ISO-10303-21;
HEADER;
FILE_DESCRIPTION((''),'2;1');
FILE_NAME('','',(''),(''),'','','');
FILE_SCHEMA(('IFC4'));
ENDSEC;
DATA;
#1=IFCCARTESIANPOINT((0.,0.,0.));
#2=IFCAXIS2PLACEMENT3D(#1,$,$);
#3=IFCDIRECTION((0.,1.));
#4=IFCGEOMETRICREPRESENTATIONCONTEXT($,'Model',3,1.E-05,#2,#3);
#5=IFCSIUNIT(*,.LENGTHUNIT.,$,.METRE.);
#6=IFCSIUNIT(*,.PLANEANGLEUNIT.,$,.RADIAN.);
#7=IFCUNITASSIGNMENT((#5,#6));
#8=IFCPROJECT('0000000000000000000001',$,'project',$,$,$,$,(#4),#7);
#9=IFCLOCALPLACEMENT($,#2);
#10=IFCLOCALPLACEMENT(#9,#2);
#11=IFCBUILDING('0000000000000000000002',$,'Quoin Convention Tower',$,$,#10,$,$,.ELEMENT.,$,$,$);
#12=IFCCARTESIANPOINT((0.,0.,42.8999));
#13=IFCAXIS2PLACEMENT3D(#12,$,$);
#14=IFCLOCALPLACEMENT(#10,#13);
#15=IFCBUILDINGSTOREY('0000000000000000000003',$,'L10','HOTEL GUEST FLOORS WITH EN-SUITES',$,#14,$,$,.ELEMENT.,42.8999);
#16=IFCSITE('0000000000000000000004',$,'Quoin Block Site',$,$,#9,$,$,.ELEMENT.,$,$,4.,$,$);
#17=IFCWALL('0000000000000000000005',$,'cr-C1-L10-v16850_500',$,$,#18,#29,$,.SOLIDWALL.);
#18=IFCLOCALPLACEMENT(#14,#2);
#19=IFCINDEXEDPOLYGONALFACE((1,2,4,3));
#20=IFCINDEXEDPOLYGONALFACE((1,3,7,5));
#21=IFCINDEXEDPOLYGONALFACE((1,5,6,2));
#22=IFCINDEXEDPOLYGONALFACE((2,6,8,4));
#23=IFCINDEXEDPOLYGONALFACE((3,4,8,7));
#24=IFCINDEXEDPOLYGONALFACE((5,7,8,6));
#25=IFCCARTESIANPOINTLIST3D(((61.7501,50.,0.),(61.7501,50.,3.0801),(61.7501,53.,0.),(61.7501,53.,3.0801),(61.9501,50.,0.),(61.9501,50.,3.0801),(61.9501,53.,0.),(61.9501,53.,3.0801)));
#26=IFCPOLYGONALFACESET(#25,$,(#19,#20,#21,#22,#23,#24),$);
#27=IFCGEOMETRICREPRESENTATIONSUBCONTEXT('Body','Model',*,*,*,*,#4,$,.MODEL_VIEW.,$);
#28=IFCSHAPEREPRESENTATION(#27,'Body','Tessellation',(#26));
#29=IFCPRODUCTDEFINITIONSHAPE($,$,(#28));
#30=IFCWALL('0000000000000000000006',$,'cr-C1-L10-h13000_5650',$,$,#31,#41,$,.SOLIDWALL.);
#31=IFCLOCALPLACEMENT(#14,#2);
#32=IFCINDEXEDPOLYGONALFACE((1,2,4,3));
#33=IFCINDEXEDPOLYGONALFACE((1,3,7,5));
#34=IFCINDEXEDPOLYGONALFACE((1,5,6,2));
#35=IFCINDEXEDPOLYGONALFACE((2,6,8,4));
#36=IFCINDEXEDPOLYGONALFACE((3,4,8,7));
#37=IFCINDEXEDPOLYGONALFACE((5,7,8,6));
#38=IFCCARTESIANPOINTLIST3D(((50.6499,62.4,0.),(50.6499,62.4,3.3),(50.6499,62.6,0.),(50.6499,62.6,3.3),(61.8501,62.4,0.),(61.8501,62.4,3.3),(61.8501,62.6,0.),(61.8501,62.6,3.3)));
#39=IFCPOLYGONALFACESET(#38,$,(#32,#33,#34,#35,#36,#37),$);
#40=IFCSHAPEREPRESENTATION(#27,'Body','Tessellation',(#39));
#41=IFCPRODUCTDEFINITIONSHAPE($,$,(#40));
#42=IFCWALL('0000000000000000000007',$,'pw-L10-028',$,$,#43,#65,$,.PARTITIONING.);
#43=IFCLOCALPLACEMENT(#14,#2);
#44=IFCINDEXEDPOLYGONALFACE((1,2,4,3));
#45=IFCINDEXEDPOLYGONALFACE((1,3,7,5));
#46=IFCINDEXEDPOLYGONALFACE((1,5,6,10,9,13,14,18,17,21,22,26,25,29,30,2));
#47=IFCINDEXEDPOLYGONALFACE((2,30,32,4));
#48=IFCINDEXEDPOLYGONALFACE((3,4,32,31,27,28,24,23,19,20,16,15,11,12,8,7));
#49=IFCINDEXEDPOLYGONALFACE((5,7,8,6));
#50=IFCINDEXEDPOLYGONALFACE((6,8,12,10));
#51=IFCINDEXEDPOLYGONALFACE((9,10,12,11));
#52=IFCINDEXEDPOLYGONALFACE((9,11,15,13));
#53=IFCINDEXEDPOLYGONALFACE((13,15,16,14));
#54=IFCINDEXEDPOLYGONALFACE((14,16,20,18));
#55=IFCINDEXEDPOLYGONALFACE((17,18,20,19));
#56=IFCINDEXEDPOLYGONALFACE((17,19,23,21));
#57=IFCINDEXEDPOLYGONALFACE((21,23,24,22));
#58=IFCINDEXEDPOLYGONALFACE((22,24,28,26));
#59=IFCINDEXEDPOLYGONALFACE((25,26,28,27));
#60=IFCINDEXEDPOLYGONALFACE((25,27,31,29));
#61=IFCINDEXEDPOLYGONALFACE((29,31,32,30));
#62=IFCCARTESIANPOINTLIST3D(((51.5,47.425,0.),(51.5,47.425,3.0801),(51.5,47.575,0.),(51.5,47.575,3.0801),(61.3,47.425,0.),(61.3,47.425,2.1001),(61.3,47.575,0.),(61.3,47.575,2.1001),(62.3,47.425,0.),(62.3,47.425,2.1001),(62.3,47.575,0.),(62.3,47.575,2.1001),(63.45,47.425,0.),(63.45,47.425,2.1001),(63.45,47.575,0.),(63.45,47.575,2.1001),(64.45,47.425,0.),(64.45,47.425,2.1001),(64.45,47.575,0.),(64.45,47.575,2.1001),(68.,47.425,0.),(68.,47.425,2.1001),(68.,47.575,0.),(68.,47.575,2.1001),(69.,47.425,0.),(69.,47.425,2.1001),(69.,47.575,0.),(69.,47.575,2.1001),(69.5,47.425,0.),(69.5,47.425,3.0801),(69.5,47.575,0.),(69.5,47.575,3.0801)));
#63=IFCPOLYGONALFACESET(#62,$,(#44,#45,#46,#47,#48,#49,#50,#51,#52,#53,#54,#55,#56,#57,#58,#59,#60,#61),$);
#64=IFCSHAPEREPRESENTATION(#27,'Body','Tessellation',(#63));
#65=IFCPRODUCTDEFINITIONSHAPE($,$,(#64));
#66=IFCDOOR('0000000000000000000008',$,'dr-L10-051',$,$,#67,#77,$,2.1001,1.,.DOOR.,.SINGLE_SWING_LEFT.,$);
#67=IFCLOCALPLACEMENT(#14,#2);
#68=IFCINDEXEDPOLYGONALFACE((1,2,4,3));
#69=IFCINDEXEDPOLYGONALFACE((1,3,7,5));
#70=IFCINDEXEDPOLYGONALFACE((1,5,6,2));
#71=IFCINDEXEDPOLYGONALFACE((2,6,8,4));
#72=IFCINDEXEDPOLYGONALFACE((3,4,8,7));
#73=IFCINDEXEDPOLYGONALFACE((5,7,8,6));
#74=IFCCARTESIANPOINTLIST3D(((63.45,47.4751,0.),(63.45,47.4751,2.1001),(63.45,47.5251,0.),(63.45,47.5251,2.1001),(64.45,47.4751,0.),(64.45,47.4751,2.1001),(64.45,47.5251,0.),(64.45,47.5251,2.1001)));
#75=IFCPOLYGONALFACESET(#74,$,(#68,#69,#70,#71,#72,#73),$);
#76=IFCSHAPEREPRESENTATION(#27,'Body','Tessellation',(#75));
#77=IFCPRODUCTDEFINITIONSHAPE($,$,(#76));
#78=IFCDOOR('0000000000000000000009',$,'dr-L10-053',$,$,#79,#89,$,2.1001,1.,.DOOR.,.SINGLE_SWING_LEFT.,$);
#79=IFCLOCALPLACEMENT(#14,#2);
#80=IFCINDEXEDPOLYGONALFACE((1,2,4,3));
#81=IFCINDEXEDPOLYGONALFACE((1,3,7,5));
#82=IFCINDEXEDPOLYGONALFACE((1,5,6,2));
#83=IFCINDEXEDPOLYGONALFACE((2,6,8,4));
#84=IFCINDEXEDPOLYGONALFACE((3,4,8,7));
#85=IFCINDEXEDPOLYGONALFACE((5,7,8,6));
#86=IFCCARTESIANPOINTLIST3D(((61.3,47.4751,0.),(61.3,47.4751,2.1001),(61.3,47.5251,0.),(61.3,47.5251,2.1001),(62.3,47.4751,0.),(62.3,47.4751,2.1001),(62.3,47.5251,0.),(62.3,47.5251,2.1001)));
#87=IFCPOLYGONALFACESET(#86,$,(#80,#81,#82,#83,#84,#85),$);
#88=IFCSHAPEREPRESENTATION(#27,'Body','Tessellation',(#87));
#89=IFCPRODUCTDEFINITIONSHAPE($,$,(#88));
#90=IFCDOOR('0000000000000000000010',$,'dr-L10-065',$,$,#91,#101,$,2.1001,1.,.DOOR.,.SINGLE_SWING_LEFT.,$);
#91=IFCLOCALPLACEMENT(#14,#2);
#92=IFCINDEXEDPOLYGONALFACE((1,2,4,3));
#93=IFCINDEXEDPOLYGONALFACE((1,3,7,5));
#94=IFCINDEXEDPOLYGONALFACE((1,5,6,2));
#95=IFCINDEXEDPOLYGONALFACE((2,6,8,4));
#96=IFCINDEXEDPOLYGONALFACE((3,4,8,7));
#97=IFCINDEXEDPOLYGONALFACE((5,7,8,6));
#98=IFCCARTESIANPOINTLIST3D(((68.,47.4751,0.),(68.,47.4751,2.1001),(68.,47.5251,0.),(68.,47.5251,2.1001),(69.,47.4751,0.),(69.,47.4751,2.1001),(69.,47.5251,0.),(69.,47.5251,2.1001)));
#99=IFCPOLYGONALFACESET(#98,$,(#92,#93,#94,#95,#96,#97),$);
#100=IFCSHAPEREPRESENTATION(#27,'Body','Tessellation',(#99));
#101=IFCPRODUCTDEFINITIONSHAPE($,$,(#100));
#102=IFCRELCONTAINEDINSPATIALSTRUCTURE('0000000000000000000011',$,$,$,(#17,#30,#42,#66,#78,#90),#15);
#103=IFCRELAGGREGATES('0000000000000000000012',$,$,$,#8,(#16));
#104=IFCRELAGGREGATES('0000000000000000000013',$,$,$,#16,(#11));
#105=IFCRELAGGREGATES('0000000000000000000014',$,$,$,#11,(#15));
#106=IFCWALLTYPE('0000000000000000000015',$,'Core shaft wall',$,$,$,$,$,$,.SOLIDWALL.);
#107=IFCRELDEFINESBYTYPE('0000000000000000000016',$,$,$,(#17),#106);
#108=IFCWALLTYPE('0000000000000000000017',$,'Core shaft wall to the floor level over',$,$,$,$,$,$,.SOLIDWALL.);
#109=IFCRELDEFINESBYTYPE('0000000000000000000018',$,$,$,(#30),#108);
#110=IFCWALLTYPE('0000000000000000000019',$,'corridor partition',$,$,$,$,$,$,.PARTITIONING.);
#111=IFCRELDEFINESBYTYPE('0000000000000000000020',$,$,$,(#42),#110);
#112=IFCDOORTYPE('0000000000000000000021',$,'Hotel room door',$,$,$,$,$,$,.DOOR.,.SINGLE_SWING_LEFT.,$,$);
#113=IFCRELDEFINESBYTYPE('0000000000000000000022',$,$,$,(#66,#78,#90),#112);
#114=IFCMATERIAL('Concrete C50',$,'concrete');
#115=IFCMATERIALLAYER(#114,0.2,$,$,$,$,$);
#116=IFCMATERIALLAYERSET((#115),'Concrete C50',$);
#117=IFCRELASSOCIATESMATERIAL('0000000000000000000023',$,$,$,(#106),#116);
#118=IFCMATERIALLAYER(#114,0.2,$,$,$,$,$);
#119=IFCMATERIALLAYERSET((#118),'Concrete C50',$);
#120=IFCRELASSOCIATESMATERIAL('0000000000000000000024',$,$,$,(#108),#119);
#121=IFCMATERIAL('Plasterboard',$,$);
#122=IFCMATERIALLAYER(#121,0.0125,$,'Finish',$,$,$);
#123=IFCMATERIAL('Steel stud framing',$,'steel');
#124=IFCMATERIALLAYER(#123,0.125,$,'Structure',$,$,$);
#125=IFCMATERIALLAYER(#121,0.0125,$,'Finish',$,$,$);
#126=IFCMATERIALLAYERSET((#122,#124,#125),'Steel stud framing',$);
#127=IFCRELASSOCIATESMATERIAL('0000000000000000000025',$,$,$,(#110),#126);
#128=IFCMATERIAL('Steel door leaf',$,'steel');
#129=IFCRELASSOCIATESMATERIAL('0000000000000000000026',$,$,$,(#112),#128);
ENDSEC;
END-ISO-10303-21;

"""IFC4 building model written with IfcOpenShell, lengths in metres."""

from ifc_helpers import new_model, si_unit, direction, frame, frame_2d, origin, place, context, subcontext, project, spatial, rectangle, extrude, material, layer, layer_set, type_object, element, fill, save


model = new_model("IFC4")

# Units and contexts
model_context = context("Model", 3, precision=1e-05, world=origin(), true_north=direction((0.0, 1.0)))
body_context = subcontext(model_context, "Body", "Model", "MODEL_VIEW")
ifc_project = project(units=[si_unit("LENGTHUNIT", "METRE"), si_unit("PLANEANGLEUNIT", "RADIAN")], contexts=[model_context])

# Site, building, storey
site_placement = place(None, origin())
site = spatial("IfcSite", under=ifc_project, at=site_placement, Name="Quoin Block Site", CompositionType="ELEMENT", RefElevation=4.0)
building_placement = place(site_placement, origin())
building = spatial("IfcBuilding", under=site, at=building_placement, Name="Quoin Convention Tower", CompositionType="ELEMENT")
storey_placement = place(building_placement, frame((0.0, 0.0, 42.8999)))
storey = spatial("IfcBuildingStorey", under=building, at=storey_placement, Name="L10", Description="HOTEL GUEST FLOORS WITH EN-SUITES", CompositionType="ELEMENT", Elevation=42.8999)

# Shared definitions
ifc_material_1 = material(Name="Plasterboard")
ifc_material_2 = material(Name="Steel stud framing", Category="steel")
ifc_material_3 = material(Name="Steel door leaf", Category="steel")

# Walls
ifc_material_4 = material(Name="Concrete C50", Category="concrete")
ifc_layer_1 = layer(ifc_material_4, 0.2)
ifc_layer_set_1 = layer_set([ifc_layer_1], Name="Concrete C50")
wall_type_1 = type_object("IfcWallType", Name="Core shaft wall", PredefinedType="SOLIDWALL", material=ifc_layer_set_1)
wall_1_placement = place(storey_placement, frame((61.8501, 50.0, 0.0), z_axis=(0.0, 0.0, 1.0), x_axis=(0.0, 1.0, 0.0)))
element("IfcWall", 1, at=wall_1_placement, inside=storey, type_object=wall_type_1, Name="cr-C1-L10-v16850_500", PredefinedType="SOLIDWALL", context=body_context, shape_type="SweptSolid", body=[
    extrude(rectangle(XDim=3.0, YDim=0.2, at=frame_2d((1.5, 0.0))), origin(), (0.0, 0.0, 1.0), 3.0801),
])
ifc_layer_2 = layer(ifc_material_4, 0.2)
ifc_layer_set_2 = layer_set([ifc_layer_2], Name="Concrete C50")
wall_type_2 = type_object("IfcWallType", Name="Core shaft wall to the floor level over", PredefinedType="SOLIDWALL", material=ifc_layer_set_2)
wall_2_placement = place(storey_placement, frame((50.6499, 62.5, 0.0), z_axis=(0.0, 0.0, 1.0), x_axis=(1.0, 0.0, 0.0)))
element("IfcWall", 2, at=wall_2_placement, inside=storey, type_object=wall_type_2, Name="cr-C1-L10-h13000_5650", PredefinedType="SOLIDWALL", context=body_context, shape_type="SweptSolid", body=[
    extrude(rectangle(XDim=11.2002, YDim=0.2, at=frame_2d((5.6001, 0.0))), origin(), (0.0, 0.0, 1.0), 3.3),
])

# Wall, openings, doors
ifc_layer_3 = layer(ifc_material_1, 0.0125, Name="Finish")
ifc_layer_4 = layer(ifc_material_2, 0.125, Name="Structure")
ifc_layer_5 = layer(ifc_material_1, 0.0125, Name="Finish")
ifc_layer_set_3 = layer_set([ifc_layer_3, ifc_layer_4, ifc_layer_5], Name="Steel stud framing")
wall_type_3 = type_object("IfcWallType", Name="corridor partition", PredefinedType="PARTITIONING", material=ifc_layer_set_3)
wall_3_placement = place(storey_placement, frame((51.5, 47.5, 0.0), z_axis=(0.0, 0.0, 1.0), x_axis=(1.0, 0.0, 0.0)))
wall_3 = element("IfcWall", 3, at=wall_3_placement, inside=storey, type_object=wall_type_3, Name="pw-L10-028", PredefinedType="PARTITIONING", context=body_context, shape_type="SweptSolid", body=[
    extrude(rectangle(XDim=18.0, YDim=0.1499, at=frame_2d((9.0, 0.0))), origin(), (0.0, 0.0, 1.0), 3.0801),
])
opening_1_placement = place(wall_3_placement, frame((11.95, 0.0, 0.0)))
opening_1 = element("IfcOpeningElement", 4, at=opening_1_placement, cuts=wall_3, PredefinedType="OPENING", context=body_context, shape_type="SweptSolid", body=[
    extrude(rectangle(XDim=1.0, YDim=2.1001, at=frame_2d((0.5, 1.05))), frame((0.0, 0.085, 0.0), z_axis=(0.0, -1.0, 0.0), x_axis=(1.0, 0.0, 0.0)), (0.0, 0.0, 1.0), 0.1699),
])
opening_2_placement = place(wall_3_placement, frame((9.8, 0.0, 0.0)))
opening_2 = element("IfcOpeningElement", 5, at=opening_2_placement, cuts=wall_3, PredefinedType="OPENING", context=body_context, shape_type="SweptSolid", body=[
    extrude(rectangle(XDim=1.0, YDim=2.1001, at=frame_2d((0.5, 1.05))), frame((0.0, 0.085, 0.0), z_axis=(0.0, -1.0, 0.0), x_axis=(1.0, 0.0, 0.0)), (0.0, 0.0, 1.0), 0.1699),
])
opening_3_placement = place(wall_3_placement, frame((16.5, 0.0, 0.0)))
opening_3 = element("IfcOpeningElement", 6, at=opening_3_placement, cuts=wall_3, PredefinedType="OPENING", context=body_context, shape_type="SweptSolid", body=[
    extrude(rectangle(XDim=1.0, YDim=2.1001, at=frame_2d((0.5, 1.05))), frame((0.0, 0.085, 0.0), z_axis=(0.0, -1.0, 0.0), x_axis=(1.0, 0.0, 0.0)), (0.0, 0.0, 1.0), 0.1699),
])
door_type_1 = type_object("IfcDoorType", Name="Hotel room door", OperationType="SINGLE_SWING_LEFT", PredefinedType="DOOR", material=ifc_material_3)
door_1_placement = place(opening_1_placement, frame((1.0, 0.0, 0.0), z_axis=(0.0, 0.0, 1.0), x_axis=(-1.0, 0.0, 0.0)))
door_1 = element("IfcDoor", 7, at=door_1_placement, inside=storey, type_object=door_type_1, Name="dr-L10-051", OperationType="SINGLE_SWING_LEFT", OverallHeight=2.1001, OverallWidth=1.0, PredefinedType="DOOR", context=body_context, shape_type="SweptSolid", body=[
    extrude(rectangle(XDim=1.0, YDim=2.1001, at=frame_2d((0.5, 1.05))), frame((0.0, 0.0249, 0.0), z_axis=(0.0, -1.0, 0.0), x_axis=(1.0, 0.0, 0.0)), (0.0, 0.0, 1.0), 0.05),
])
fill(opening_1, door_1)
door_2_placement = place(opening_2_placement, frame((1.0, 0.0, 0.0), z_axis=(0.0, 0.0, 1.0), x_axis=(-1.0, 0.0, 0.0)))
door_2 = element("IfcDoor", 8, at=door_2_placement, inside=storey, type_object=door_type_1, Name="dr-L10-053", OperationType="SINGLE_SWING_LEFT", OverallHeight=2.1001, OverallWidth=1.0, PredefinedType="DOOR", context=body_context, shape_type="SweptSolid", body=[
    extrude(rectangle(XDim=1.0, YDim=2.1001, at=frame_2d((0.5, 1.05))), frame((0.0, 0.0249, 0.0), z_axis=(0.0, -1.0, 0.0), x_axis=(1.0, 0.0, 0.0)), (0.0, 0.0, 1.0), 0.05),
])
fill(opening_2, door_2)
door_3_placement = place(opening_3_placement, frame((1.0, 0.0, 0.0), z_axis=(0.0, 0.0, 1.0), x_axis=(-1.0, 0.0, 0.0)))
door_3 = element("IfcDoor", 9, at=door_3_placement, inside=storey, type_object=door_type_1, Name="dr-L10-065", OperationType="SINGLE_SWING_LEFT", OverallHeight=2.1001, OverallWidth=1.0, PredefinedType="DOOR", context=body_context, shape_type="SweptSolid", body=[
    extrude(rectangle(XDim=1.0, YDim=2.1001, at=frame_2d((0.5, 1.05))), frame((0.0, 0.0249, 0.0), z_axis=(0.0, -1.0, 0.0), x_axis=(1.0, 0.0, 0.0)), (0.0, 0.0, 1.0), 0.05),
])
fill(opening_3, door_3)

save(model, "model.ifc")
